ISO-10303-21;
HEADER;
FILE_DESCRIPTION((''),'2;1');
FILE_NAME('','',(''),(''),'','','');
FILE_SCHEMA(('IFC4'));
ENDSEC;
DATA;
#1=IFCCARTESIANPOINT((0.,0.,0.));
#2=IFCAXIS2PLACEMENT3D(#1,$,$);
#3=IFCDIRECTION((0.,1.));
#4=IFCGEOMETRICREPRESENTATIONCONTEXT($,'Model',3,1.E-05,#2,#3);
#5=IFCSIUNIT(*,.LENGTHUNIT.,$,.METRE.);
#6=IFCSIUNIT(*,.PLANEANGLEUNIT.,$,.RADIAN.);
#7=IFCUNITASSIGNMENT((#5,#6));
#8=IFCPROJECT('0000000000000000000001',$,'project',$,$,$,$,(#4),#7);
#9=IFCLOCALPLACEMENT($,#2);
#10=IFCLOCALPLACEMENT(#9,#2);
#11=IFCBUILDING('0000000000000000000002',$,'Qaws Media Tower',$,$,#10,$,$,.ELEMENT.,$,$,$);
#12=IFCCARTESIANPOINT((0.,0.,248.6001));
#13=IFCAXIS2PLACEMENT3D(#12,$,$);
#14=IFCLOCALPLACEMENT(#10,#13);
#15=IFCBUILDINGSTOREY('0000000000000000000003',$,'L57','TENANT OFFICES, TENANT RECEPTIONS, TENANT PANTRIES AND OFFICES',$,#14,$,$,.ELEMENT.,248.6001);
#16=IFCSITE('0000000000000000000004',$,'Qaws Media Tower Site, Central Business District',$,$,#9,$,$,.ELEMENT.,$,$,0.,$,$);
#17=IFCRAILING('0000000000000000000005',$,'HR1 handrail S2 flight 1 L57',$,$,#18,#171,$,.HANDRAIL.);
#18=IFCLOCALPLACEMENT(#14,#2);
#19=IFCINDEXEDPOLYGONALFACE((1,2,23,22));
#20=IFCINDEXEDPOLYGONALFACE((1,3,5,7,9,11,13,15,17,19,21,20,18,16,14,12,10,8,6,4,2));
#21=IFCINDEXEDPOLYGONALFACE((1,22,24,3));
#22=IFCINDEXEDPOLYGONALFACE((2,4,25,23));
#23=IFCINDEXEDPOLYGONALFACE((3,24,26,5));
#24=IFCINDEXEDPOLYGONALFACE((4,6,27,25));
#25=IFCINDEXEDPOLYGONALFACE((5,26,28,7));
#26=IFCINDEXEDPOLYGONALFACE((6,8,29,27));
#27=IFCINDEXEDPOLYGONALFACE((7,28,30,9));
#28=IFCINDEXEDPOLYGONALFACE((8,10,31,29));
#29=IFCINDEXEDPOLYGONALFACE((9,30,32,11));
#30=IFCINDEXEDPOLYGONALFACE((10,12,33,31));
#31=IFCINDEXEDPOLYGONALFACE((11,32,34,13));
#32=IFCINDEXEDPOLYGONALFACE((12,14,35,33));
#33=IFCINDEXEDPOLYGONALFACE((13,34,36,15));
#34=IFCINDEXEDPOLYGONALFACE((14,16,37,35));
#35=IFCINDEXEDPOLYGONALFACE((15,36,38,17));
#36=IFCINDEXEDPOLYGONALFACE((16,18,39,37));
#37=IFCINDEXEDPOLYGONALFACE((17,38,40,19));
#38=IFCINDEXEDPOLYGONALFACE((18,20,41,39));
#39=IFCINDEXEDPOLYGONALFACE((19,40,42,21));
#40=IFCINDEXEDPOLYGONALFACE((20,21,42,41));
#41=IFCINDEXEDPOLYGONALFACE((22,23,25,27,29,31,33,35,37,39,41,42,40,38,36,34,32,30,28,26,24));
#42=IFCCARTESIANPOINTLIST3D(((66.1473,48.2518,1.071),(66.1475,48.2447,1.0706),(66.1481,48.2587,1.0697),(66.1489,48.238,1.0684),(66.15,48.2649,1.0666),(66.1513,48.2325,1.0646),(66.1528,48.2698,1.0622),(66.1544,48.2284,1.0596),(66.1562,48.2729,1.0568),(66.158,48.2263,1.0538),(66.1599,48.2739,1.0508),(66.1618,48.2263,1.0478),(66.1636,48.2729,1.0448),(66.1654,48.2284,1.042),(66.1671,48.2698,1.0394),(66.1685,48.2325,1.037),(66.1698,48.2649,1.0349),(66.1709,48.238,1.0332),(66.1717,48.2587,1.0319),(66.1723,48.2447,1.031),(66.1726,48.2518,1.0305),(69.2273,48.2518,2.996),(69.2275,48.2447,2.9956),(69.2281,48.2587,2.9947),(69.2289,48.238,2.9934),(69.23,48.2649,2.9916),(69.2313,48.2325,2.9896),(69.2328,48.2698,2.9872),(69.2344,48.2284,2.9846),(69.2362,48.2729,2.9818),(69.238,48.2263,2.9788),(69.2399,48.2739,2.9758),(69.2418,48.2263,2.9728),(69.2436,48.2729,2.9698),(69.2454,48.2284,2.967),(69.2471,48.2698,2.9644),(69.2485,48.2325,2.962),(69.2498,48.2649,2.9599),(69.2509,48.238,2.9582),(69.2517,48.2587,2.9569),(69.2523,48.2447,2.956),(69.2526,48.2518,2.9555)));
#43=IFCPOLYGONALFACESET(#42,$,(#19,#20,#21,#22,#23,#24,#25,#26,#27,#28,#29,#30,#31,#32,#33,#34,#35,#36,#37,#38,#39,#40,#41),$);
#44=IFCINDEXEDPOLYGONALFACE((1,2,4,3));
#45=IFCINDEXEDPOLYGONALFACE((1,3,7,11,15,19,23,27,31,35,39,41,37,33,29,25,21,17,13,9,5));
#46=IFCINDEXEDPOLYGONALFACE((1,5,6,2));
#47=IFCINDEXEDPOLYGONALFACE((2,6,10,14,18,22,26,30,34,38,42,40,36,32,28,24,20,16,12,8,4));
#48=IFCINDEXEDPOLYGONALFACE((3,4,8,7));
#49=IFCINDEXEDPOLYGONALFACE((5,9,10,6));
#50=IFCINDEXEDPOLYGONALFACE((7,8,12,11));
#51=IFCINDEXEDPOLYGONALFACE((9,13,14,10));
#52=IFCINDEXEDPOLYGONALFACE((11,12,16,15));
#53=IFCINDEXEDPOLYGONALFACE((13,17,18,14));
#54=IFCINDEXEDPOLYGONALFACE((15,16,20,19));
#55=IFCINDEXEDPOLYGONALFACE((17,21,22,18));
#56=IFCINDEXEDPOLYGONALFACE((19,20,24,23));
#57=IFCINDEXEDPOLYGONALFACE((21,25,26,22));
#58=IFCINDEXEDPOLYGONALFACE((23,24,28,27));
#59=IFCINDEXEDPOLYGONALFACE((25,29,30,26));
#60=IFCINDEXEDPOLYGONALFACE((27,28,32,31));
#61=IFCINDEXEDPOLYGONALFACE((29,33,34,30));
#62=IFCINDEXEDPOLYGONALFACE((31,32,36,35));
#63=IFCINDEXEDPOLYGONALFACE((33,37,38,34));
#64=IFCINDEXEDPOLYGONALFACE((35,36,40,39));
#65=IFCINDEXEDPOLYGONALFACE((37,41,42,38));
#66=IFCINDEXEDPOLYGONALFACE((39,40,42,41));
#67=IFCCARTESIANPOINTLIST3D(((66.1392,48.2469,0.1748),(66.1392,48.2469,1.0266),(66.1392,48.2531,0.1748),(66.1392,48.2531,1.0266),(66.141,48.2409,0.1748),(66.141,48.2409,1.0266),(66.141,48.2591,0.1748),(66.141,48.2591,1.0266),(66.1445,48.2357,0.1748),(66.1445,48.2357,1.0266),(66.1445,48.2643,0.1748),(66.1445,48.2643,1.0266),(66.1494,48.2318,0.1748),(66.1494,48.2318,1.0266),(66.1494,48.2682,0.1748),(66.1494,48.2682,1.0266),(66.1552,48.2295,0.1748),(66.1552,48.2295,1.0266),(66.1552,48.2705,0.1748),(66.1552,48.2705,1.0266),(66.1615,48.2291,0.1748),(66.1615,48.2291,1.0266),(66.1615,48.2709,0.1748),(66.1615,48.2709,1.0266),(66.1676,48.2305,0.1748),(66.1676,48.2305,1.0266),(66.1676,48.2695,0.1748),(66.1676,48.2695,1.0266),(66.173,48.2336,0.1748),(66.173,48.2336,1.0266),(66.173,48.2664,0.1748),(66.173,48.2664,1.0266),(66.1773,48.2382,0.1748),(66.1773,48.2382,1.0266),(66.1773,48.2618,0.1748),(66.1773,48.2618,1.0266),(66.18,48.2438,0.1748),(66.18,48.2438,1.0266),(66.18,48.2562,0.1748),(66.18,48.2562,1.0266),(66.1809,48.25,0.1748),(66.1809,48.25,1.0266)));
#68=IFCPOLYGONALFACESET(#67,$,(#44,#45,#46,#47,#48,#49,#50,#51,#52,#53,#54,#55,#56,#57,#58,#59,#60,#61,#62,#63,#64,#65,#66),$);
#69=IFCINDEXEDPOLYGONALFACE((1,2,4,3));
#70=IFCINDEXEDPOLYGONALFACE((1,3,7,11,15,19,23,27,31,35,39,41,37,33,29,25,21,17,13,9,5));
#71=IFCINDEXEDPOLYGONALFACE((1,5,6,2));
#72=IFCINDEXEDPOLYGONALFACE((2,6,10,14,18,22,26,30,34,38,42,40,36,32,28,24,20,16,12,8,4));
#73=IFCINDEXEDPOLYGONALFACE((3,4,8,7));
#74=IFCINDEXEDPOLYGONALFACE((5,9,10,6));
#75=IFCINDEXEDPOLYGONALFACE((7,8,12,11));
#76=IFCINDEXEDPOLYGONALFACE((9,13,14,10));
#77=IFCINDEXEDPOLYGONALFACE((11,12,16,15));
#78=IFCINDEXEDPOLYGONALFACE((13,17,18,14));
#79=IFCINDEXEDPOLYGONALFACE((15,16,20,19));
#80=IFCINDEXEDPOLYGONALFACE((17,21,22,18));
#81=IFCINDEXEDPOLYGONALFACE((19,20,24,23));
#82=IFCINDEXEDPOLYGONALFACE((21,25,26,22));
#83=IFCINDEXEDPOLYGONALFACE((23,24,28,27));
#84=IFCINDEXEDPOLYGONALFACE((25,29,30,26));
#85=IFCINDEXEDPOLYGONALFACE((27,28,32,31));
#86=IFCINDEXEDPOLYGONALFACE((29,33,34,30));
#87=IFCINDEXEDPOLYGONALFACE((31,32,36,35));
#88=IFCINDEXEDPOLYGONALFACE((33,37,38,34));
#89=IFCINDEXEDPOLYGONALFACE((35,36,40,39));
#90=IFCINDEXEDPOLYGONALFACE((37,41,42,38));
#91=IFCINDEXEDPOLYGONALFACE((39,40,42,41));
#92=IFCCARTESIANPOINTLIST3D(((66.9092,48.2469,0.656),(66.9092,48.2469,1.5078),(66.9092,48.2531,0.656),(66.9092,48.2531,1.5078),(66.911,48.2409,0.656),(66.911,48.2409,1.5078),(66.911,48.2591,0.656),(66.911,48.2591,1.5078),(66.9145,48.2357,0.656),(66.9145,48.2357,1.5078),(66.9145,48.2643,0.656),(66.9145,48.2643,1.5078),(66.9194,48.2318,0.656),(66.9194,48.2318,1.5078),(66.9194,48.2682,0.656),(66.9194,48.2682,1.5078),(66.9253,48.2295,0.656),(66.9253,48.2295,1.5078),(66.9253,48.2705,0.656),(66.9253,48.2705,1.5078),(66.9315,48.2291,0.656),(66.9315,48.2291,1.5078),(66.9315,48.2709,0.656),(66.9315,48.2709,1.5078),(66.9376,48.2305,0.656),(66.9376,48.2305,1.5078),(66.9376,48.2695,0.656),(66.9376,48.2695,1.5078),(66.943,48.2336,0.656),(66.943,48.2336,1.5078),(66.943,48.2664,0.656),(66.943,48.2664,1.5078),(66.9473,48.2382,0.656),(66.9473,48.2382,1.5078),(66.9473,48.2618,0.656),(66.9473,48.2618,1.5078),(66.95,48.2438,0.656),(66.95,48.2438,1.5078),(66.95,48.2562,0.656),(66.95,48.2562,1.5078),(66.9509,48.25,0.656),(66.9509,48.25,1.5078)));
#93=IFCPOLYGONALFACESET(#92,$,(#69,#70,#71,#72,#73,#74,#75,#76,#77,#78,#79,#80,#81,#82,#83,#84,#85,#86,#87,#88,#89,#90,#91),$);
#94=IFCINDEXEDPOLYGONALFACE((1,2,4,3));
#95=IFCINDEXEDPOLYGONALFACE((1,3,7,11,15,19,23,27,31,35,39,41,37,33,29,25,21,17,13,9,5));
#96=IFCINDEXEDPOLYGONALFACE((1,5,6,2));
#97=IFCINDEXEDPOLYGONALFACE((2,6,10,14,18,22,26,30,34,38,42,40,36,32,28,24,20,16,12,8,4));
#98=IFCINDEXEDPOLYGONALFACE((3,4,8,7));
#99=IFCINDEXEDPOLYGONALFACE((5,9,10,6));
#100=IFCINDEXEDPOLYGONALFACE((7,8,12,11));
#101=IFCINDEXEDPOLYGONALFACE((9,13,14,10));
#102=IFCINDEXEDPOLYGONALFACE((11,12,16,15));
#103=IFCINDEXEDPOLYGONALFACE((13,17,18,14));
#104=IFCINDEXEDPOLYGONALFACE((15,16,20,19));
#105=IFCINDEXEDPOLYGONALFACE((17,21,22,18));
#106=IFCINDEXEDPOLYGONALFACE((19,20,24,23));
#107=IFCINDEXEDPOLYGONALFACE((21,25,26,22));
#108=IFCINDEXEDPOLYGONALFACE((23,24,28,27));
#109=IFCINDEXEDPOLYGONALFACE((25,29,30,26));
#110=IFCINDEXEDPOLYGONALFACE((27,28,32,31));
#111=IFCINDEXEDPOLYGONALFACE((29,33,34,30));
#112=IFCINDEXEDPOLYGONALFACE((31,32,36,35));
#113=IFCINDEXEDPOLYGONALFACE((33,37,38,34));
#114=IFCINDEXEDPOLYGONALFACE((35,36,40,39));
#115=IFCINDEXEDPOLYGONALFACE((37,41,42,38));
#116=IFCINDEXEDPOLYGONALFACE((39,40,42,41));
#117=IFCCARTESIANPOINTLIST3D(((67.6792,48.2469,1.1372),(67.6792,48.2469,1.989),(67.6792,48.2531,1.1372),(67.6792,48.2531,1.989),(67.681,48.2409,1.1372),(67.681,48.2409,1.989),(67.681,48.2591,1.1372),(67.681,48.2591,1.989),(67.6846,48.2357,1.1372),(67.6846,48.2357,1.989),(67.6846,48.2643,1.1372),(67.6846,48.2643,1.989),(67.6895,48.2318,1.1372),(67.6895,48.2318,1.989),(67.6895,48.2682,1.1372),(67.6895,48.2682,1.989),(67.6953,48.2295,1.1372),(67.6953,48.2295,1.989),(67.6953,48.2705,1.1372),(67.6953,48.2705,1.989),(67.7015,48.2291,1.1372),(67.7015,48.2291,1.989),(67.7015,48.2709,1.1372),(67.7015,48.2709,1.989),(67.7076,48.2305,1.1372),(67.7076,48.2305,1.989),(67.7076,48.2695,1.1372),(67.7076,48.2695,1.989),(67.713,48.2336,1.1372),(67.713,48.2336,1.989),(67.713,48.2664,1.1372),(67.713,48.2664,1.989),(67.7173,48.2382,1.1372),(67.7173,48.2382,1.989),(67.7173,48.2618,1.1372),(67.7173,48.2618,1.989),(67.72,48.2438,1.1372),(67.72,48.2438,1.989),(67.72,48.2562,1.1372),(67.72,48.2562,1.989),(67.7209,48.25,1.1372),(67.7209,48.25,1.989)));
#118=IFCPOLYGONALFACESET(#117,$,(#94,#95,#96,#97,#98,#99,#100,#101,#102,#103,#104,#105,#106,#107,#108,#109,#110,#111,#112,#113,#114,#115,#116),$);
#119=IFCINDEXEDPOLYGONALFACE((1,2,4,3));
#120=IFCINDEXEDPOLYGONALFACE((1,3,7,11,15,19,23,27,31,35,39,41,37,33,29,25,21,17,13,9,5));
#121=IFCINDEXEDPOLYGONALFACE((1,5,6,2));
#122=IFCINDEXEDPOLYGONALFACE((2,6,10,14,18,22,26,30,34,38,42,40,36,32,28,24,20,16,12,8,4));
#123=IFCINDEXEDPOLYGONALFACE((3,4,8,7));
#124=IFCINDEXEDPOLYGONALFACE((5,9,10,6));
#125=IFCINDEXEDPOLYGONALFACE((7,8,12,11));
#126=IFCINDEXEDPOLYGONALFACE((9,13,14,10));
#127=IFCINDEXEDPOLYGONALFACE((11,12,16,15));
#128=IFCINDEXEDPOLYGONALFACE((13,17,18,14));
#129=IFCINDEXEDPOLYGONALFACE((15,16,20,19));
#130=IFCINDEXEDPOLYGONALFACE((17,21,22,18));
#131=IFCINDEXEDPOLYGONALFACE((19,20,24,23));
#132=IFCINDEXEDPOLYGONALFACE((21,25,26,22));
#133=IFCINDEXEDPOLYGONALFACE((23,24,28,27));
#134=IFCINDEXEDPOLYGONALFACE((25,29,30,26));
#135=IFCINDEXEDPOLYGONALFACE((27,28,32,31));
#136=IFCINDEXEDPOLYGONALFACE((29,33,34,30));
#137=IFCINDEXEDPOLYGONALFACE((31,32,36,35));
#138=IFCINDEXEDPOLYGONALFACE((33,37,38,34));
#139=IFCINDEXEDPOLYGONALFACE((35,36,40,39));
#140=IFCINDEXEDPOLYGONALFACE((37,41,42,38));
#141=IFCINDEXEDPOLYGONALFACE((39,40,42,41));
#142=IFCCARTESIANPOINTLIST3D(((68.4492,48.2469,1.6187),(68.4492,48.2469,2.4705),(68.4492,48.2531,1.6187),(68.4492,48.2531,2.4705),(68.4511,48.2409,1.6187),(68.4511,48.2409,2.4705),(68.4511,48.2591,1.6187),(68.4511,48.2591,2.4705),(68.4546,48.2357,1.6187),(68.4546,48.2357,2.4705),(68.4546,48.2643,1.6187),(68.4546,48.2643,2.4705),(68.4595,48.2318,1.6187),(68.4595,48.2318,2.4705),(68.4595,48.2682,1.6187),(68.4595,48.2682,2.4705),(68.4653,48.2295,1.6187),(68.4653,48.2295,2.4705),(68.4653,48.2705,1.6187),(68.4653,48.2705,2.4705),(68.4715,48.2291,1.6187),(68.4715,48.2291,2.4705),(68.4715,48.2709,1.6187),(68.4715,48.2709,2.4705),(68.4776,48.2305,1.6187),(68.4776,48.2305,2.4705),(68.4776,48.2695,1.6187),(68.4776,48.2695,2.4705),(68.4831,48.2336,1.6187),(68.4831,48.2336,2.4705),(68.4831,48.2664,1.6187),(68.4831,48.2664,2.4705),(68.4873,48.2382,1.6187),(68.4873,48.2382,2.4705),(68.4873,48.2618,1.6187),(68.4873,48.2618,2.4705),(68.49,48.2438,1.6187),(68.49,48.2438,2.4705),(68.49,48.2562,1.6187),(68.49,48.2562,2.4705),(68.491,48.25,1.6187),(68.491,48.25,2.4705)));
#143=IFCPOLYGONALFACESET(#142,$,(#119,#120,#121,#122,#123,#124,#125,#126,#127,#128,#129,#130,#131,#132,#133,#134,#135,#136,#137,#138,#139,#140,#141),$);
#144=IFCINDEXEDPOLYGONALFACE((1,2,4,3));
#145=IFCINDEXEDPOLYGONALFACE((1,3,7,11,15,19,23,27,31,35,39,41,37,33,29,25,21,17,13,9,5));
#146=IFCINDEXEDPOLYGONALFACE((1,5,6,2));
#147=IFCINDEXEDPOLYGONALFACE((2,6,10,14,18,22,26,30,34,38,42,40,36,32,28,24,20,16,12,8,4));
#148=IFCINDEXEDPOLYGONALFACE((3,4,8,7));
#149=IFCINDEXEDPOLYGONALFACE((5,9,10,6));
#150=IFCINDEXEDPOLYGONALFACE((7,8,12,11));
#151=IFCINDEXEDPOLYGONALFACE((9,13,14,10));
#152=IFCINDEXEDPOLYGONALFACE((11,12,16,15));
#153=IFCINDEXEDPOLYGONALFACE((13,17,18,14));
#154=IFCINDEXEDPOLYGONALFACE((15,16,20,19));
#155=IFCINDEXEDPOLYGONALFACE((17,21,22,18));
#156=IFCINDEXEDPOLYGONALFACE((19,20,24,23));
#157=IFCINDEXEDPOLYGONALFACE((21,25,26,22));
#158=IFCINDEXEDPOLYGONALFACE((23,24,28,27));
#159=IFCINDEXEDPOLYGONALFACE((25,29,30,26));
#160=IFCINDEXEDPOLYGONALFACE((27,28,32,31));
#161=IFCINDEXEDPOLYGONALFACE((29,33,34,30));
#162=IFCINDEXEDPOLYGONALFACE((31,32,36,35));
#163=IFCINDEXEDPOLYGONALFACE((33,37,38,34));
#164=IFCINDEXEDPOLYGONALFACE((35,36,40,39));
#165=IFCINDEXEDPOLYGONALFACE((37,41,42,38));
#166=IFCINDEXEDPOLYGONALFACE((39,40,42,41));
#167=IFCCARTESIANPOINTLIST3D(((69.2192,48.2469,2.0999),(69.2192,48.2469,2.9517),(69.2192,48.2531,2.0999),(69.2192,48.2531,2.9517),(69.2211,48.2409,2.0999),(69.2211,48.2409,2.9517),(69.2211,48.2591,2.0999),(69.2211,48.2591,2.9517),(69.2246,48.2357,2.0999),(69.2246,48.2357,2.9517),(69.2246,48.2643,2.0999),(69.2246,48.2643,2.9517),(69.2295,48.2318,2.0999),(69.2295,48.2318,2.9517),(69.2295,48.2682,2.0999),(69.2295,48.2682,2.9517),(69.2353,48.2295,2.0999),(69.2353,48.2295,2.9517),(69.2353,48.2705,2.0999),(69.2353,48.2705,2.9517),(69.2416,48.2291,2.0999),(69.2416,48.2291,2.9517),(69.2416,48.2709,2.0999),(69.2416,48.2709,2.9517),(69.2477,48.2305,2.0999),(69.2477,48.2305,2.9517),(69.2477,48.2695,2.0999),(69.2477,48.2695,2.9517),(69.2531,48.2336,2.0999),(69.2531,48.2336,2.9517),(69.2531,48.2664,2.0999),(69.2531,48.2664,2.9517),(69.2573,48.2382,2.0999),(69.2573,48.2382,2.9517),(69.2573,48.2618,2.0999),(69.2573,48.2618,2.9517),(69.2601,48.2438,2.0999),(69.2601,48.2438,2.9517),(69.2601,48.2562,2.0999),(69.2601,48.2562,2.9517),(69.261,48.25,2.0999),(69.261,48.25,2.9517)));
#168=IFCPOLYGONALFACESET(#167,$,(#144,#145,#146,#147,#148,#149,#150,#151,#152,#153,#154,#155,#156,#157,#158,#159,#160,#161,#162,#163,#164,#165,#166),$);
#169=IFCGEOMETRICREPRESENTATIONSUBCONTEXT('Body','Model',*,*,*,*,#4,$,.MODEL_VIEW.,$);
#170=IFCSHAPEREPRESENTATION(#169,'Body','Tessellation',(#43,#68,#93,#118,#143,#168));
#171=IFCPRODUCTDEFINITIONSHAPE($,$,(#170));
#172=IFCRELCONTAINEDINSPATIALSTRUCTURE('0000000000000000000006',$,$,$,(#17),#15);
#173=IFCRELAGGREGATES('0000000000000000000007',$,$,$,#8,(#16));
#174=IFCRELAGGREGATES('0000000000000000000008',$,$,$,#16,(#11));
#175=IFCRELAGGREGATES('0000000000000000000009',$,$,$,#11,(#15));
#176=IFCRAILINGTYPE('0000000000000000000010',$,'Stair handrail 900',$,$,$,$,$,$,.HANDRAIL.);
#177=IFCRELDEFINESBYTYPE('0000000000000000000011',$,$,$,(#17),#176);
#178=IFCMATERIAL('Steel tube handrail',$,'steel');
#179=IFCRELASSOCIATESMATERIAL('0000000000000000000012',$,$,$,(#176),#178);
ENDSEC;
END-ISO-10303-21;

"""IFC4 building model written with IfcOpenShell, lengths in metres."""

from ifc_helpers import new_model, si_unit, direction, frame, origin, origin_2d, place, context, subcontext, project, spatial, circle, extrude, material, type_object, element, save


model = new_model("IFC4")

# Units and contexts
model_context = context("Model", 3, precision=1e-05, world=origin(), true_north=direction((0.0, 1.0)))
body_context = subcontext(model_context, "Body", "Model", "MODEL_VIEW")
ifc_project = project(units=[si_unit("LENGTHUNIT", "METRE"), si_unit("PLANEANGLEUNIT", "RADIAN")], contexts=[model_context])

# Site, building, storey
site_placement = place(None, origin())
site = spatial("IfcSite", under=ifc_project, at=site_placement, Name="Qaws Media Tower Site, Central Business District", CompositionType="ELEMENT", RefElevation=0.0)
building_placement = place(site_placement, origin())
building = spatial("IfcBuilding", under=site, at=building_placement, Name="Qaws Media Tower", CompositionType="ELEMENT")
storey_placement = place(building_placement, frame((0.0, 0.0, 248.6001)))
storey = spatial("IfcBuildingStorey", under=building, at=storey_placement, Name="L57", Description="TENANT OFFICES, TENANT RECEPTIONS, TENANT PANTRIES AND OFFICES", CompositionType="ELEMENT", Elevation=248.6001)

# Railing
ifc_material_1 = material(Name="Steel tube handrail", Category="steel")
railing_type = type_object("IfcRailingType", Name="Stair handrail 900", PredefinedType="HANDRAIL", material=ifc_material_1)
for number, where, name in (
    (1, (66.1599, 48.25, 0.1748), "HR1 handrail S2 flight 1 L57"),
):
    element("IfcRailing", number, at=place(storey_placement, frame(where)), inside=storey, type_object=railing_type, Name=name, PredefinedType="HANDRAIL", context=body_context, shape_type="SweptSolid", body=[
        extrude(circle(Radius=0.0239, at=origin_2d()), frame((0.0, 0.0, 0.876), z_axis=(0.847998, 0.0, 0.529999), x_axis=(0.0, 1.0, 0.0)), (0.0, 0.0, 1.0), 3.6321),
        extrude(circle(Radius=0.021, at=origin_2d()), origin(), (0.0, 0.0, 1.0), 0.8518),
        extrude(circle(Radius=0.021, at=origin_2d()), frame((0.77, 0.0, 0.4812)), (0.0, 0.0, 1.0), 0.8518),
        extrude(circle(Radius=0.021, at=origin_2d()), frame((1.54, 0.0, 0.9624)), (0.0, 0.0, 1.0), 0.8518),
        extrude(circle(Radius=0.021, at=origin_2d()), frame((2.3101, 0.0, 1.4438)), (0.0, 0.0, 1.0), 0.8518),
        extrude(circle(Radius=0.021, at=origin_2d()), frame((3.0801, 0.0, 1.925)), (0.0, 0.0, 1.0), 0.8518),
    ])

save(model, "model.ifc")
